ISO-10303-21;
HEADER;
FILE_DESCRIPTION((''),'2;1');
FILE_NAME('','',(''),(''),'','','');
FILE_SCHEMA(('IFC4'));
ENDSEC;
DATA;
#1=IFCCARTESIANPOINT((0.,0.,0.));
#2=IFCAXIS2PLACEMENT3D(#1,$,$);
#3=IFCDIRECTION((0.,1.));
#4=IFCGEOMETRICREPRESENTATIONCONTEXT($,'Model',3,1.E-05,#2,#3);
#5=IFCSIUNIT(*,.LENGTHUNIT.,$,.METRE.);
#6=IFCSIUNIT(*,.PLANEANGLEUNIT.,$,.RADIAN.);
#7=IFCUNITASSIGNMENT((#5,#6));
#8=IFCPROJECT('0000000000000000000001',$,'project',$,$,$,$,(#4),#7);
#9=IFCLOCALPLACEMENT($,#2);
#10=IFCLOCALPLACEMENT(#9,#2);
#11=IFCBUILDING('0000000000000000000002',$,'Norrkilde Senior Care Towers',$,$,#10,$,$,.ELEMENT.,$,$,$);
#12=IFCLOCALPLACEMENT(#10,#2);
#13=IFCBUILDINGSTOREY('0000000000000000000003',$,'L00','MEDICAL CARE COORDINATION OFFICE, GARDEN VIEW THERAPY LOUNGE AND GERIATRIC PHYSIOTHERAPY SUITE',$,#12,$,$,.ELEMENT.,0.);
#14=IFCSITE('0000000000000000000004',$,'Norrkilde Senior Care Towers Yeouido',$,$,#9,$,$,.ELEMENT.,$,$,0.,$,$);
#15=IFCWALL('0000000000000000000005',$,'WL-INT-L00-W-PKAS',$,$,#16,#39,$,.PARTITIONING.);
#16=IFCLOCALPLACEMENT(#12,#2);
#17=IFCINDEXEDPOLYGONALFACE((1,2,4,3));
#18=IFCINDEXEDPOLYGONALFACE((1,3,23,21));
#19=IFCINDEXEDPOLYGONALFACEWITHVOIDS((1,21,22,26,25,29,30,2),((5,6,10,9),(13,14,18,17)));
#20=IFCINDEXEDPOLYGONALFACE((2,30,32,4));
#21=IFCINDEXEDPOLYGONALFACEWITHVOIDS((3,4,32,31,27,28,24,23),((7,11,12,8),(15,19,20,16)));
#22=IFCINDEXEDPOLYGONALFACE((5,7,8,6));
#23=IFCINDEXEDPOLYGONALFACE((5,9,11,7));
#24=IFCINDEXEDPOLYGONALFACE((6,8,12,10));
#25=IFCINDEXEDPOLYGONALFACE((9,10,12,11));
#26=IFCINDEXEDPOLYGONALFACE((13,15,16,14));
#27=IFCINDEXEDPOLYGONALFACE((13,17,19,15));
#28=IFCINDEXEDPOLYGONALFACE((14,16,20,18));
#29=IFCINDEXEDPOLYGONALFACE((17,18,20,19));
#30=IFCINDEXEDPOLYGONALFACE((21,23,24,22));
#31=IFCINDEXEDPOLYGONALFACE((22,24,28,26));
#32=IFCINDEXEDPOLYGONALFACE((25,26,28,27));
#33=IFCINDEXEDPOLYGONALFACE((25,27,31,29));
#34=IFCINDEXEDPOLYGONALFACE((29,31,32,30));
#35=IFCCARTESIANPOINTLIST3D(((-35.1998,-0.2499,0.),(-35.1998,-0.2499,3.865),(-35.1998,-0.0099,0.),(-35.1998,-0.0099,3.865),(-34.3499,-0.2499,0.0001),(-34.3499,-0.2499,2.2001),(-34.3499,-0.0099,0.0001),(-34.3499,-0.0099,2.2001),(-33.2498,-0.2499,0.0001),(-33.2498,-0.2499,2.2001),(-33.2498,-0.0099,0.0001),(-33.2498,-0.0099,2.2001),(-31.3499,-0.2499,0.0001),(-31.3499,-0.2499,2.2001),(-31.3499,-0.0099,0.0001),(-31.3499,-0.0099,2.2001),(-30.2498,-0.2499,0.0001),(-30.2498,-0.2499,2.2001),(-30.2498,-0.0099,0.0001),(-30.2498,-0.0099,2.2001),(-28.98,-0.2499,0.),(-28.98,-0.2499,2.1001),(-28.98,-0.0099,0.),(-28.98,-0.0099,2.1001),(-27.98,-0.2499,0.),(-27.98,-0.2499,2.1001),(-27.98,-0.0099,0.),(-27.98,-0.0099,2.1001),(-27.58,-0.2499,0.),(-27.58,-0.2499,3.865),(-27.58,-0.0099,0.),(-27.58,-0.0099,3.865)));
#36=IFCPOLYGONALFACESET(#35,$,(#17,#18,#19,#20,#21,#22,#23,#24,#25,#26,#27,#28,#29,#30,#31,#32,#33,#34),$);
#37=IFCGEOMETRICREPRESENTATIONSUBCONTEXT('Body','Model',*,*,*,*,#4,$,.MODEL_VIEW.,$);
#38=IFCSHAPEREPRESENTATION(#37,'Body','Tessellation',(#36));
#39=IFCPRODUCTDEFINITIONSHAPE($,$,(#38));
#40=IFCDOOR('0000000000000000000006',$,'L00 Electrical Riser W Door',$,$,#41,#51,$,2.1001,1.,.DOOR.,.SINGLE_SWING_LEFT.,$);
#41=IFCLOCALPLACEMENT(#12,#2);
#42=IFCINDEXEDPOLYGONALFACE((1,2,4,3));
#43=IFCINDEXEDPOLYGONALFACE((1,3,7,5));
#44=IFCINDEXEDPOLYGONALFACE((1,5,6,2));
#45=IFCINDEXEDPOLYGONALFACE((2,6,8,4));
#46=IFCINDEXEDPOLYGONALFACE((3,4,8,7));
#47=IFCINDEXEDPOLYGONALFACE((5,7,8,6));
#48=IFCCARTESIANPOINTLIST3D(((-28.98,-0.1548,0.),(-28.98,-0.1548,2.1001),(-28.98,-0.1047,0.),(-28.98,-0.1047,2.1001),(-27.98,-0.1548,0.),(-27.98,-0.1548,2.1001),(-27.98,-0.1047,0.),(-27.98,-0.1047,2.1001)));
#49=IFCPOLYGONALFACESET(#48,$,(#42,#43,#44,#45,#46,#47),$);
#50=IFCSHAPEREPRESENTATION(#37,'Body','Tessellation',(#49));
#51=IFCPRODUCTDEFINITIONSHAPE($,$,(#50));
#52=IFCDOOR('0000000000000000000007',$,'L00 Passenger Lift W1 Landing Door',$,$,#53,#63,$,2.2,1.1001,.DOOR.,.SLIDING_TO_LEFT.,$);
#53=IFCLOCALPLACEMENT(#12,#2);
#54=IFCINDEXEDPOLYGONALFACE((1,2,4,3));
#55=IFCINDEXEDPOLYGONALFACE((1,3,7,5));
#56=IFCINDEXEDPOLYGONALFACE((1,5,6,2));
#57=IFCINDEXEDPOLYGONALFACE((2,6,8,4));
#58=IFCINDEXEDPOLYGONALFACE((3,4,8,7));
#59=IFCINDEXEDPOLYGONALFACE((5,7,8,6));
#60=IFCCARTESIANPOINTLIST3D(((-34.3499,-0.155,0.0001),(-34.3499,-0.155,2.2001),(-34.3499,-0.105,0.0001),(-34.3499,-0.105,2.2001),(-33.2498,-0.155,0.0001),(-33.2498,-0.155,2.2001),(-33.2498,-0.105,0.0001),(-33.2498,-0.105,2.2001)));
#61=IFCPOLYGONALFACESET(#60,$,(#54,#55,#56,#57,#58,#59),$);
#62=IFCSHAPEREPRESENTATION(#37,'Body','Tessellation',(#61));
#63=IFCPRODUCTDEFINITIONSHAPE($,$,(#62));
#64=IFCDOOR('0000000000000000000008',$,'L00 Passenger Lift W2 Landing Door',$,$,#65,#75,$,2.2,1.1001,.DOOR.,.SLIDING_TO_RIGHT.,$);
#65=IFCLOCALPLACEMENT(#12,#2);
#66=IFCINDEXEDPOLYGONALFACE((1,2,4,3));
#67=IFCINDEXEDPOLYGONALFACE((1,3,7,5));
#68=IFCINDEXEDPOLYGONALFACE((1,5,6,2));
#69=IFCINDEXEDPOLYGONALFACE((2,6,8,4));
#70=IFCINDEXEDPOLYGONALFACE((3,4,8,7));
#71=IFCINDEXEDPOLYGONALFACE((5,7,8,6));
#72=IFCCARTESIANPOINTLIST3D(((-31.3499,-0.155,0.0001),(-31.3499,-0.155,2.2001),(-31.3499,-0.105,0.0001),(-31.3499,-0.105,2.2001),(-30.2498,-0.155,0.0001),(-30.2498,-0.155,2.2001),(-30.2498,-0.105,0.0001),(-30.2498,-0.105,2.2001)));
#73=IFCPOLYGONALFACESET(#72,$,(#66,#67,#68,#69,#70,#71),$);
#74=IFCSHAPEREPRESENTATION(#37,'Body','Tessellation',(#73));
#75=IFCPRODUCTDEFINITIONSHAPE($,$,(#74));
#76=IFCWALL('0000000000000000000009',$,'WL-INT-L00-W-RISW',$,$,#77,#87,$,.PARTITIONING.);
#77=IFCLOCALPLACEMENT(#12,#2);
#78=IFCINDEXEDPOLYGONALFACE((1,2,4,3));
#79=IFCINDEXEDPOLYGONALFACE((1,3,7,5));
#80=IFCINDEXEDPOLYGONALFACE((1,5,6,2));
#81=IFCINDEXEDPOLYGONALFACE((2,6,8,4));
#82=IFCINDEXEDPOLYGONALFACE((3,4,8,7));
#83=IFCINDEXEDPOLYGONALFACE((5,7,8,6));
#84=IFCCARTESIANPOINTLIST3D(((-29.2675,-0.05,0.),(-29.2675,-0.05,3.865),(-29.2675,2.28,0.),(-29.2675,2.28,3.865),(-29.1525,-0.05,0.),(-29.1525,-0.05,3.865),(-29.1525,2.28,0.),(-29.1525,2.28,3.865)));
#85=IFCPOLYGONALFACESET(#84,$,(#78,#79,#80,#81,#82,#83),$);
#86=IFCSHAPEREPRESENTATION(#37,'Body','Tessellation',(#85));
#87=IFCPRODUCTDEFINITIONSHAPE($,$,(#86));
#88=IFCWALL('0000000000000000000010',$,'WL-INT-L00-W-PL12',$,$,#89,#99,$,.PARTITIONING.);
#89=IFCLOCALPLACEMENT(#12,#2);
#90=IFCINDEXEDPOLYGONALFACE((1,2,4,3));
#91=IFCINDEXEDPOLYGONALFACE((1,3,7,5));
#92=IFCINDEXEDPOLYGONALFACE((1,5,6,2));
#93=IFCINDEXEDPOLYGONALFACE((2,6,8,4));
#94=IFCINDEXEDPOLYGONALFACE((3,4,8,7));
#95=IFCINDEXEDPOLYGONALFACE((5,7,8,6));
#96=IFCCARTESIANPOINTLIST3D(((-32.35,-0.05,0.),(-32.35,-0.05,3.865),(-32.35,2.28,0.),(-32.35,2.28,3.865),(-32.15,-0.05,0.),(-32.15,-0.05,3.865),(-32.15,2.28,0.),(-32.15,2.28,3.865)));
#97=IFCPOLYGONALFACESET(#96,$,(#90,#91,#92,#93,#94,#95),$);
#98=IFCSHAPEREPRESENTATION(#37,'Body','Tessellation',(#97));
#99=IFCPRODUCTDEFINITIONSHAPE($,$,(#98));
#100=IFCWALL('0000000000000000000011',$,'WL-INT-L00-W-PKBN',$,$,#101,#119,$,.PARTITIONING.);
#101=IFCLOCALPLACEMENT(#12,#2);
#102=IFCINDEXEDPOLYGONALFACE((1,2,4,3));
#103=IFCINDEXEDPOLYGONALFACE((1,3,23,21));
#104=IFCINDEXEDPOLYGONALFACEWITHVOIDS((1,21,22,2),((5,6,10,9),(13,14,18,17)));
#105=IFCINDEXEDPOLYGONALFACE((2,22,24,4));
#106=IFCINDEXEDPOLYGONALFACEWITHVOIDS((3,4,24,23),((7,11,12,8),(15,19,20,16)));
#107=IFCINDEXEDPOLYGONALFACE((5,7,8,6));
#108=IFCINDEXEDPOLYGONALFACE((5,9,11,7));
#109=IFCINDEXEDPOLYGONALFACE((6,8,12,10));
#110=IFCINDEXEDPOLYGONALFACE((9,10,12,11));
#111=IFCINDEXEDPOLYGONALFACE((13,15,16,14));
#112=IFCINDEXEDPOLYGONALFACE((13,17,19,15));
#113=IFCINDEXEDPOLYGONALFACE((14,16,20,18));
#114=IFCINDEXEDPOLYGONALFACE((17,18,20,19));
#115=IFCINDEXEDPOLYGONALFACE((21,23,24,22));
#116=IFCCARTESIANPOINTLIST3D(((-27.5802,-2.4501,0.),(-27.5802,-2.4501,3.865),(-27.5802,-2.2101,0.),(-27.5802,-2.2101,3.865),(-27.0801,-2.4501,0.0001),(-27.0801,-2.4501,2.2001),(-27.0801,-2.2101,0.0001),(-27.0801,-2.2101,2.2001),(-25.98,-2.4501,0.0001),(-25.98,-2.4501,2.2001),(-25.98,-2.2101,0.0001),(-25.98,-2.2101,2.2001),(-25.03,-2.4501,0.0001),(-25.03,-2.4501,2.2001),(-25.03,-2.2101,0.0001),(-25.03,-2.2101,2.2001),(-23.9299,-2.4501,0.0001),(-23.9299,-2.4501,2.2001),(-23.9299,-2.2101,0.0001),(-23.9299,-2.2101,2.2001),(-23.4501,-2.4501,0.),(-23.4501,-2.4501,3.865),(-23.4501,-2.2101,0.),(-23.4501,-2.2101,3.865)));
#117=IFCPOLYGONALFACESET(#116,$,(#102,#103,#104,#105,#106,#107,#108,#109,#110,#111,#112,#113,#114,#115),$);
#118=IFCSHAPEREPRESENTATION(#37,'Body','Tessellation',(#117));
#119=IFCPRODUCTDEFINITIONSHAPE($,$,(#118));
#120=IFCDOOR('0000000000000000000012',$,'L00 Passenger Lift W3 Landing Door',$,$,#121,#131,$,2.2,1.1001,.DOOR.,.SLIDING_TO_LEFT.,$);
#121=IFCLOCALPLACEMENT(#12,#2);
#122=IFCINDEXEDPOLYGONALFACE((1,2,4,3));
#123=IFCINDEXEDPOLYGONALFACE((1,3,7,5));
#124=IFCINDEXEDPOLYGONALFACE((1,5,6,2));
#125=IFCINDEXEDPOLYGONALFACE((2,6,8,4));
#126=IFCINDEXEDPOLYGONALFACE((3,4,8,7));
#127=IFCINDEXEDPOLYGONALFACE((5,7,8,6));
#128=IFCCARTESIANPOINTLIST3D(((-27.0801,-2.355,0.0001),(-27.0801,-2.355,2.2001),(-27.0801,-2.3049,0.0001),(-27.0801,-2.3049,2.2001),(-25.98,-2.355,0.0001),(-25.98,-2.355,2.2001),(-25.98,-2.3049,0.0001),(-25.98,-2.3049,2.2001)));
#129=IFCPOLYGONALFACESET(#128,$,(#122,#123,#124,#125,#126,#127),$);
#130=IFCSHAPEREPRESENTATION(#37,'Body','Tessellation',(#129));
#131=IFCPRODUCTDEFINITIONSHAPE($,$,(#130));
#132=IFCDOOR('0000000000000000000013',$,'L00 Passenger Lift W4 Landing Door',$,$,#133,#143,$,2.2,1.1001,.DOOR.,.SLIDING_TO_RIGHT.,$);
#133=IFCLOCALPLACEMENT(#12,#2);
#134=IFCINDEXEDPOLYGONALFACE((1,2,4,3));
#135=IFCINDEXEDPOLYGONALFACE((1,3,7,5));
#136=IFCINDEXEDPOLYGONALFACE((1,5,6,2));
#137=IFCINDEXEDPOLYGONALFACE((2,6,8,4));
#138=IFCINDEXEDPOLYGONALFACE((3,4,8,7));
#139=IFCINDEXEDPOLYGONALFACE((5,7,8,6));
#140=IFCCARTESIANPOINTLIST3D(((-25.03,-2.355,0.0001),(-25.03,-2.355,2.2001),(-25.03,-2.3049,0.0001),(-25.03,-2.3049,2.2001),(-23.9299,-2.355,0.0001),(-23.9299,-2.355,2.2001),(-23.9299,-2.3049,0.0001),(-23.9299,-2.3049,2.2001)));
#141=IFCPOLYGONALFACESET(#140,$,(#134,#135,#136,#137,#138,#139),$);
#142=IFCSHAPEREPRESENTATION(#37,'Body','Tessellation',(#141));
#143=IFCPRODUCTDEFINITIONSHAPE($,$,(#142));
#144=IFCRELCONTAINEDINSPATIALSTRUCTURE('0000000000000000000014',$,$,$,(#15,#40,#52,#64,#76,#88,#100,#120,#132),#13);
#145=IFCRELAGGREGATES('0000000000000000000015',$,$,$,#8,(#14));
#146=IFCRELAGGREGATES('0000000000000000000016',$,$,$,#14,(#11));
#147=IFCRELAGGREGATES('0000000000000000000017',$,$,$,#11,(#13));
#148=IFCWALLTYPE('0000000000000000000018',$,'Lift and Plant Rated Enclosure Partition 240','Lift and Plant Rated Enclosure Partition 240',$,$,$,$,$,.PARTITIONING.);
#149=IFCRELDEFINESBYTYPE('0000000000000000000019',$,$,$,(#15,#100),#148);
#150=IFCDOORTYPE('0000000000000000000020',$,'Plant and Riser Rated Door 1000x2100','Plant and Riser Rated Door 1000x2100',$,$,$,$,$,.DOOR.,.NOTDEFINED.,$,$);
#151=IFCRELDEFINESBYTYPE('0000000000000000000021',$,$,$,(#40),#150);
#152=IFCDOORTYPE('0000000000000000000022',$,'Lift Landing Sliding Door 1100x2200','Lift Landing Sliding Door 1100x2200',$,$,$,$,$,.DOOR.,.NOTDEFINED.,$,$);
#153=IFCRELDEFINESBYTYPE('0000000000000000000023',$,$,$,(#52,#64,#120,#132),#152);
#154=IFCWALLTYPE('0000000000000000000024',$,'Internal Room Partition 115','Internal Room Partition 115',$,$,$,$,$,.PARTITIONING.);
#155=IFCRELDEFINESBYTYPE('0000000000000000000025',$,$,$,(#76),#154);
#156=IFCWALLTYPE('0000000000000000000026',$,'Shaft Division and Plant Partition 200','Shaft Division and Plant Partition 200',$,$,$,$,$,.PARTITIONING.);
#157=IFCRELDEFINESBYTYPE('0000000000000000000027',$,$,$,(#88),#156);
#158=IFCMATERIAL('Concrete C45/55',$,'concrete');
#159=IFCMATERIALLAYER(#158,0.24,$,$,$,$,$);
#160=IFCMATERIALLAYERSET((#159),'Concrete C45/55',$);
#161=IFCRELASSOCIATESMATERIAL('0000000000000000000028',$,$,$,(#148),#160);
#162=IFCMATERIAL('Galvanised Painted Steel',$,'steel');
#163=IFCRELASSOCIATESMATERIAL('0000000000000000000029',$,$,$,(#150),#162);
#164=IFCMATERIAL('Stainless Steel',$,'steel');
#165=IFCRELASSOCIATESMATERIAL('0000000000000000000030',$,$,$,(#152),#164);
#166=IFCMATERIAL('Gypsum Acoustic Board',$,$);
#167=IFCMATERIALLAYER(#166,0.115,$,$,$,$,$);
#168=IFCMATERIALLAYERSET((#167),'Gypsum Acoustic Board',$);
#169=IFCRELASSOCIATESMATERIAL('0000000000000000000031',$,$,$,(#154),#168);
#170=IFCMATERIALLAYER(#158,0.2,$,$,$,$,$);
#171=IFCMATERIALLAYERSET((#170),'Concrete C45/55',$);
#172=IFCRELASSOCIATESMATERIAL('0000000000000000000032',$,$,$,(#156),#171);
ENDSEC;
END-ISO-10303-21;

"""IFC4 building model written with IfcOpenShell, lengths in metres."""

from ifc_helpers import new_model, si_unit, direction, frame, frame_2d, origin, place, context, subcontext, project, spatial, rectangle, extrude, source, transform, mapped, material, layer, layer_set, type_object, type_shapes, element, fill, save


model = new_model("IFC4")

# Units and contexts
model_context = context("Model", 3, precision=1e-05, world=origin(), true_north=direction((0.0, 1.0)))
body_context = subcontext(model_context, "Body", "Model", "MODEL_VIEW")
ifc_project = project(units=[si_unit("LENGTHUNIT", "METRE"), si_unit("PLANEANGLEUNIT", "RADIAN")], contexts=[model_context])

# Site, building, storey
site_placement = place(None, origin())
site = spatial("IfcSite", under=ifc_project, at=site_placement, Name="Norrkilde Senior Care Towers Yeouido", CompositionType="ELEMENT", RefElevation=0.0)
building_placement = place(site_placement, origin())
building = spatial("IfcBuilding", under=site, at=building_placement, Name="Norrkilde Senior Care Towers", CompositionType="ELEMENT")
storey_placement = place(building_placement, origin())
storey = spatial("IfcBuildingStorey", under=building, at=storey_placement, Name="L00", Description="MEDICAL CARE COORDINATION OFFICE, GARDEN VIEW THERAPY LOUNGE AND GERIATRIC PHYSIOTHERAPY SUITE", CompositionType="ELEMENT", Elevation=0.0)

# Shared definitions
ifc_material_1 = material(Name="Galvanised Painted Steel", Category="steel")
ifc_material_2 = material(Name="Concrete C45/55", Category="concrete")

# Wall, openings, doors
ifc_layer_1 = layer(ifc_material_2, 0.24)
ifc_layer_set_1 = layer_set([ifc_layer_1], Name="Concrete C45/55")
wall_type_1 = type_object("IfcWallType", Name="Lift and Plant Rated Enclosure Partition 240", Description="Lift and Plant Rated Enclosure Partition 240", PredefinedType="PARTITIONING", material=ifc_layer_set_1)
shared_shape_1 = source(origin(), body_context, "Body", "SweptSolid", [
    extrude(rectangle(XDim=7.6199, YDim=0.24, at=frame_2d((3.8101, 0.0))), origin(), (0.0, 0.0, 1.0), 3.865),
])
wall_1_placement = place(storey_placement, frame((-35.2, -0.1299, 0.0), z_axis=(0.0, 0.0, 1.0), x_axis=(1.0, 0.0, 0.0)))
wall_1 = element("IfcWall", 1, at=wall_1_placement, inside=storey, type_object=wall_type_1, Name="WL-INT-L00-W-PKAS", PredefinedType="PARTITIONING", context=body_context, shape_type="MappedRepresentation", body=[
    mapped(shared_shape_1, transform((0.0, 0.0, 0.0), x_axis=(1.0, 0.0, 0.0), y_axis=(0.0, 1.0, 0.0), z_axis=(0.0, 0.0, 1.0), scale=1.0)),
])
opening_1_placement = place(wall_1_placement, frame((6.22, 0.0, 0.0)))
opening_1 = element("IfcOpeningElement", 2, at=opening_1_placement, cuts=wall_1, PredefinedType="OPENING", context=body_context, shape_type="SweptSolid", body=[
    extrude(rectangle(XDim=1.0, YDim=2.1001, at=frame_2d((0.5, 1.05))), frame((0.0, 0.1299, 0.0), z_axis=(0.0, -1.0, 0.0), x_axis=(1.0, 0.0, 0.0)), (0.0, 0.0, 1.0), 0.26),
])
opening_2_placement = place(wall_1_placement, frame((0.8501, 0.0, 0.0)))
opening_2 = element("IfcOpeningElement", 3, at=opening_2_placement, cuts=wall_1, PredefinedType="OPENING", context=body_context, shape_type="SweptSolid", body=[
    extrude(rectangle(XDim=1.1001, YDim=2.2, at=frame_2d((0.55, 1.1001))), frame((0.0, 0.1299, 0.0), z_axis=(0.0, -1.0, 0.0), x_axis=(1.0, 0.0, 0.0)), (0.0, 0.0, 1.0), 0.26),
])
opening_3_placement = place(wall_1_placement, frame((3.8501, 0.0, 0.0)))
opening_3 = element("IfcOpeningElement", 4, at=opening_3_placement, cuts=wall_1, PredefinedType="OPENING", context=body_context, shape_type="SweptSolid", body=[
    extrude(rectangle(XDim=1.1001, YDim=2.2, at=frame_2d((0.55, 1.1001))), frame((0.0, 0.1299, 0.0), z_axis=(0.0, -1.0, 0.0), x_axis=(1.0, 0.0, 0.0)), (0.0, 0.0, 1.0), 0.26),
])
door_type_1 = type_object("IfcDoorType", Name="Plant and Riser Rated Door 1000x2100", Description="Plant and Riser Rated Door 1000x2100", OperationType="NOTDEFINED", PredefinedType="DOOR", material=ifc_material_1)
shared_shape_2 = source(origin(), body_context, "Body", "SweptSolid", [
    extrude(rectangle(XDim=1.0, YDim=2.1001, at=frame_2d((0.5, 1.05))), frame((0.0, 0.0249, 0.0), z_axis=(0.0, -1.0, 0.0), x_axis=(1.0, 0.0, 0.0)), (0.0, 0.0, 1.0), 0.05),
])
type_shapes(door_type_1, [shared_shape_2])
door_1_placement = place(opening_1_placement, frame((1.0, 0.0, 0.0), z_axis=(0.0, 0.0, 1.0), x_axis=(-1.0, 0.0, 0.0)))
door_1 = element("IfcDoor", 5, at=door_1_placement, inside=storey, type_object=door_type_1, Name="L00 Electrical Riser W Door", OperationType="SINGLE_SWING_LEFT", OverallHeight=2.1001, OverallWidth=1.0, PredefinedType="DOOR", context=body_context, shape_type="MappedRepresentation", body=[
    mapped(shared_shape_2, transform((0.0, 0.0, 0.0), x_axis=(1.0, 0.0, 0.0), y_axis=(0.0, 1.0, 0.0), z_axis=(0.0, 0.0, 1.0), scale=1.0)),
])
fill(opening_1, door_1)
ifc_material_3 = material(Name="Stainless Steel", Category="steel")
door_type_2 = type_object("IfcDoorType", Name="Lift Landing Sliding Door 1100x2200", Description="Lift Landing Sliding Door 1100x2200", OperationType="NOTDEFINED", PredefinedType="DOOR", material=ifc_material_3)
shared_shape_3 = source(origin(), body_context, "Body", "SweptSolid", [
    extrude(rectangle(XDim=1.1001, YDim=2.2, at=frame_2d((0.55, 1.1001))), frame((0.0, 0.0249, 0.0), z_axis=(0.0, -1.0, 0.0), x_axis=(1.0, 0.0, 0.0)), (0.0, 0.0, 1.0), 0.05),
])
type_shapes(door_type_2, [shared_shape_3])
door_2_placement = place(opening_2_placement, origin())
door_2 = element("IfcDoor", 6, at=door_2_placement, inside=storey, type_object=door_type_2, Name="L00 Passenger Lift W1 Landing Door", OperationType="SLIDING_TO_LEFT", OverallHeight=2.2, OverallWidth=1.1001, PredefinedType="DOOR", context=body_context, shape_type="MappedRepresentation", body=[
    mapped(shared_shape_3, transform((0.0, 0.0, 0.0), x_axis=(1.0, 0.0, 0.0), y_axis=(0.0, 1.0, 0.0), z_axis=(0.0, 0.0, 1.0), scale=1.0)),
])
fill(opening_2, door_2)
door_3_placement = place(opening_3_placement, origin())
door_3 = element("IfcDoor", 7, at=door_3_placement, inside=storey, type_object=door_type_2, Name="L00 Passenger Lift W2 Landing Door", OperationType="SLIDING_TO_RIGHT", OverallHeight=2.2, OverallWidth=1.1001, PredefinedType="DOOR", context=body_context, shape_type="MappedRepresentation", body=[
    mapped(shared_shape_3, transform((0.0, 0.0, 0.0), x_axis=(1.0, 0.0, 0.0), y_axis=(0.0, 1.0, 0.0), z_axis=(0.0, 0.0, 1.0), scale=1.0)),
])
fill(opening_3, door_3)

# Walls
ifc_material_4 = material(Name="Gypsum Acoustic Board")
ifc_layer_2 = layer(ifc_material_4, 0.115)
ifc_layer_set_2 = layer_set([ifc_layer_2], Name="Gypsum Acoustic Board")
wall_type_2 = type_object("IfcWallType", Name="Internal Room Partition 115", Description="Internal Room Partition 115", PredefinedType="PARTITIONING", material=ifc_layer_set_2)
shared_shape_4 = source(origin(), body_context, "Body", "SweptSolid", [
    extrude(rectangle(XDim=2.3301, YDim=0.115, at=frame_2d((1.165, 0.0))), origin(), (0.0, 0.0, 1.0), 3.865),
])
type_shapes(wall_type_2, [shared_shape_4])
wall_2_placement = place(storey_placement, frame((-29.21, -0.05, 0.0), z_axis=(0.0, 0.0, 1.0), x_axis=(0.0, 1.0, 0.0)))
element("IfcWall", 8, at=wall_2_placement, inside=storey, type_object=wall_type_2, Name="WL-INT-L00-W-RISW", PredefinedType="PARTITIONING", context=body_context, shape_type="MappedRepresentation", body=[
    mapped(shared_shape_4, transform((0.0, 0.0, 0.0), x_axis=(1.0, 0.0, 0.0), y_axis=(0.0, 1.0, 0.0), z_axis=(0.0, 0.0, 1.0), scale=1.0)),
])
ifc_layer_3 = layer(ifc_material_2, 0.2)
ifc_layer_set_3 = layer_set([ifc_layer_3], Name="Concrete C45/55")
wall_type_3 = type_object("IfcWallType", Name="Shaft Division and Plant Partition 200", Description="Shaft Division and Plant Partition 200", PredefinedType="PARTITIONING", material=ifc_layer_set_3)
shared_shape_5 = source(origin(), body_context, "Body", "SweptSolid", [
    extrude(rectangle(XDim=2.3301, YDim=0.2, at=frame_2d((1.165, 0.0))), origin(), (0.0, 0.0, 1.0), 3.865),
])
type_shapes(wall_type_3, [shared_shape_5])
wall_3_placement = place(storey_placement, frame((-32.25, -0.05, 0.0), z_axis=(0.0, 0.0, 1.0), x_axis=(0.0, 1.0, 0.0)))
element("IfcWall", 9, at=wall_3_placement, inside=storey, type_object=wall_type_3, Name="WL-INT-L00-W-PL12", PredefinedType="PARTITIONING", context=body_context, shape_type="MappedRepresentation", body=[
    mapped(shared_shape_5, transform((0.0, 0.0, 0.0), x_axis=(1.0, 0.0, 0.0), y_axis=(0.0, 1.0, 0.0), z_axis=(0.0, 0.0, 1.0), scale=1.0)),
])

# Wall, openings, doors
shared_shape_6 = source(origin(), body_context, "Body", "SweptSolid", [
    extrude(rectangle(XDim=4.1301, YDim=0.24, at=frame_2d((2.0649, 0.0))), origin(), (0.0, 0.0, 1.0), 3.865),
])
type_shapes(wall_type_1, [shared_shape_1, shared_shape_6])
wall_4_placement = place(storey_placement, frame((-27.5801, -2.3301, 0.0), z_axis=(0.0, 0.0, 1.0), x_axis=(1.0, 0.0, 0.0)))
wall_4 = element("IfcWall", 10, at=wall_4_placement, inside=storey, type_object=wall_type_1, Name="WL-INT-L00-W-PKBN", PredefinedType="PARTITIONING", context=body_context, shape_type="MappedRepresentation", body=[
    mapped(shared_shape_6, transform((0.0, 0.0, 0.0), x_axis=(1.0, 0.0, 0.0), y_axis=(0.0, 1.0, 0.0), z_axis=(0.0, 0.0, 1.0), scale=1.0)),
])
opening_4_placement = place(wall_4_placement, frame((0.5, 0.0, 0.0)))
opening_4 = element("IfcOpeningElement", 11, at=opening_4_placement, cuts=wall_4, PredefinedType="OPENING", context=body_context, shape_type="SweptSolid", body=[
    extrude(rectangle(XDim=1.1001, YDim=2.2, at=frame_2d((0.55, 1.1001))), frame((0.0, 0.1299, 0.0), z_axis=(0.0, -1.0, 0.0), x_axis=(1.0, 0.0, 0.0)), (0.0, 0.0, 1.0), 0.26),
])
opening_5_placement = place(wall_4_placement, frame((2.55, 0.0, 0.0)))
opening_5 = element("IfcOpeningElement", 12, at=opening_5_placement, cuts=wall_4, PredefinedType="OPENING", context=body_context, shape_type="SweptSolid", body=[
    extrude(rectangle(XDim=1.1001, YDim=2.2, at=frame_2d((0.55, 1.1001))), frame((0.0, 0.1299, 0.0), z_axis=(0.0, -1.0, 0.0), x_axis=(1.0, 0.0, 0.0)), (0.0, 0.0, 1.0), 0.26),
])
door_4_placement = place(opening_4_placement, frame((1.1001, 0.0, 0.0), z_axis=(0.0, 0.0, 1.0), x_axis=(-1.0, 0.0, 0.0)))
door_4 = element("IfcDoor", 13, at=door_4_placement, inside=storey, type_object=door_type_2, Name="L00 Passenger Lift W3 Landing Door", OperationType="SLIDING_TO_LEFT", OverallHeight=2.2, OverallWidth=1.1001, PredefinedType="DOOR", context=body_context, shape_type="MappedRepresentation", body=[
    mapped(shared_shape_3, transform((0.0, 0.0, 0.0), x_axis=(1.0, 0.0, 0.0), y_axis=(0.0, 1.0, 0.0), z_axis=(0.0, 0.0, 1.0), scale=1.0)),
])
fill(opening_4, door_4)
door_5_placement = place(opening_5_placement, frame((1.1001, 0.0, 0.0), z_axis=(0.0, 0.0, 1.0), x_axis=(-1.0, 0.0, 0.0)))
door_5 = element("IfcDoor", 14, at=door_5_placement, inside=storey, type_object=door_type_2, Name="L00 Passenger Lift W4 Landing Door", OperationType="SLIDING_TO_RIGHT", OverallHeight=2.2, OverallWidth=1.1001, PredefinedType="DOOR", context=body_context, shape_type="MappedRepresentation", body=[
    mapped(shared_shape_3, transform((0.0, 0.0, 0.0), x_axis=(1.0, 0.0, 0.0), y_axis=(0.0, 1.0, 0.0), z_axis=(0.0, 0.0, 1.0), scale=1.0)),
])
fill(opening_5, door_5)

save(model, "model.ifc")
